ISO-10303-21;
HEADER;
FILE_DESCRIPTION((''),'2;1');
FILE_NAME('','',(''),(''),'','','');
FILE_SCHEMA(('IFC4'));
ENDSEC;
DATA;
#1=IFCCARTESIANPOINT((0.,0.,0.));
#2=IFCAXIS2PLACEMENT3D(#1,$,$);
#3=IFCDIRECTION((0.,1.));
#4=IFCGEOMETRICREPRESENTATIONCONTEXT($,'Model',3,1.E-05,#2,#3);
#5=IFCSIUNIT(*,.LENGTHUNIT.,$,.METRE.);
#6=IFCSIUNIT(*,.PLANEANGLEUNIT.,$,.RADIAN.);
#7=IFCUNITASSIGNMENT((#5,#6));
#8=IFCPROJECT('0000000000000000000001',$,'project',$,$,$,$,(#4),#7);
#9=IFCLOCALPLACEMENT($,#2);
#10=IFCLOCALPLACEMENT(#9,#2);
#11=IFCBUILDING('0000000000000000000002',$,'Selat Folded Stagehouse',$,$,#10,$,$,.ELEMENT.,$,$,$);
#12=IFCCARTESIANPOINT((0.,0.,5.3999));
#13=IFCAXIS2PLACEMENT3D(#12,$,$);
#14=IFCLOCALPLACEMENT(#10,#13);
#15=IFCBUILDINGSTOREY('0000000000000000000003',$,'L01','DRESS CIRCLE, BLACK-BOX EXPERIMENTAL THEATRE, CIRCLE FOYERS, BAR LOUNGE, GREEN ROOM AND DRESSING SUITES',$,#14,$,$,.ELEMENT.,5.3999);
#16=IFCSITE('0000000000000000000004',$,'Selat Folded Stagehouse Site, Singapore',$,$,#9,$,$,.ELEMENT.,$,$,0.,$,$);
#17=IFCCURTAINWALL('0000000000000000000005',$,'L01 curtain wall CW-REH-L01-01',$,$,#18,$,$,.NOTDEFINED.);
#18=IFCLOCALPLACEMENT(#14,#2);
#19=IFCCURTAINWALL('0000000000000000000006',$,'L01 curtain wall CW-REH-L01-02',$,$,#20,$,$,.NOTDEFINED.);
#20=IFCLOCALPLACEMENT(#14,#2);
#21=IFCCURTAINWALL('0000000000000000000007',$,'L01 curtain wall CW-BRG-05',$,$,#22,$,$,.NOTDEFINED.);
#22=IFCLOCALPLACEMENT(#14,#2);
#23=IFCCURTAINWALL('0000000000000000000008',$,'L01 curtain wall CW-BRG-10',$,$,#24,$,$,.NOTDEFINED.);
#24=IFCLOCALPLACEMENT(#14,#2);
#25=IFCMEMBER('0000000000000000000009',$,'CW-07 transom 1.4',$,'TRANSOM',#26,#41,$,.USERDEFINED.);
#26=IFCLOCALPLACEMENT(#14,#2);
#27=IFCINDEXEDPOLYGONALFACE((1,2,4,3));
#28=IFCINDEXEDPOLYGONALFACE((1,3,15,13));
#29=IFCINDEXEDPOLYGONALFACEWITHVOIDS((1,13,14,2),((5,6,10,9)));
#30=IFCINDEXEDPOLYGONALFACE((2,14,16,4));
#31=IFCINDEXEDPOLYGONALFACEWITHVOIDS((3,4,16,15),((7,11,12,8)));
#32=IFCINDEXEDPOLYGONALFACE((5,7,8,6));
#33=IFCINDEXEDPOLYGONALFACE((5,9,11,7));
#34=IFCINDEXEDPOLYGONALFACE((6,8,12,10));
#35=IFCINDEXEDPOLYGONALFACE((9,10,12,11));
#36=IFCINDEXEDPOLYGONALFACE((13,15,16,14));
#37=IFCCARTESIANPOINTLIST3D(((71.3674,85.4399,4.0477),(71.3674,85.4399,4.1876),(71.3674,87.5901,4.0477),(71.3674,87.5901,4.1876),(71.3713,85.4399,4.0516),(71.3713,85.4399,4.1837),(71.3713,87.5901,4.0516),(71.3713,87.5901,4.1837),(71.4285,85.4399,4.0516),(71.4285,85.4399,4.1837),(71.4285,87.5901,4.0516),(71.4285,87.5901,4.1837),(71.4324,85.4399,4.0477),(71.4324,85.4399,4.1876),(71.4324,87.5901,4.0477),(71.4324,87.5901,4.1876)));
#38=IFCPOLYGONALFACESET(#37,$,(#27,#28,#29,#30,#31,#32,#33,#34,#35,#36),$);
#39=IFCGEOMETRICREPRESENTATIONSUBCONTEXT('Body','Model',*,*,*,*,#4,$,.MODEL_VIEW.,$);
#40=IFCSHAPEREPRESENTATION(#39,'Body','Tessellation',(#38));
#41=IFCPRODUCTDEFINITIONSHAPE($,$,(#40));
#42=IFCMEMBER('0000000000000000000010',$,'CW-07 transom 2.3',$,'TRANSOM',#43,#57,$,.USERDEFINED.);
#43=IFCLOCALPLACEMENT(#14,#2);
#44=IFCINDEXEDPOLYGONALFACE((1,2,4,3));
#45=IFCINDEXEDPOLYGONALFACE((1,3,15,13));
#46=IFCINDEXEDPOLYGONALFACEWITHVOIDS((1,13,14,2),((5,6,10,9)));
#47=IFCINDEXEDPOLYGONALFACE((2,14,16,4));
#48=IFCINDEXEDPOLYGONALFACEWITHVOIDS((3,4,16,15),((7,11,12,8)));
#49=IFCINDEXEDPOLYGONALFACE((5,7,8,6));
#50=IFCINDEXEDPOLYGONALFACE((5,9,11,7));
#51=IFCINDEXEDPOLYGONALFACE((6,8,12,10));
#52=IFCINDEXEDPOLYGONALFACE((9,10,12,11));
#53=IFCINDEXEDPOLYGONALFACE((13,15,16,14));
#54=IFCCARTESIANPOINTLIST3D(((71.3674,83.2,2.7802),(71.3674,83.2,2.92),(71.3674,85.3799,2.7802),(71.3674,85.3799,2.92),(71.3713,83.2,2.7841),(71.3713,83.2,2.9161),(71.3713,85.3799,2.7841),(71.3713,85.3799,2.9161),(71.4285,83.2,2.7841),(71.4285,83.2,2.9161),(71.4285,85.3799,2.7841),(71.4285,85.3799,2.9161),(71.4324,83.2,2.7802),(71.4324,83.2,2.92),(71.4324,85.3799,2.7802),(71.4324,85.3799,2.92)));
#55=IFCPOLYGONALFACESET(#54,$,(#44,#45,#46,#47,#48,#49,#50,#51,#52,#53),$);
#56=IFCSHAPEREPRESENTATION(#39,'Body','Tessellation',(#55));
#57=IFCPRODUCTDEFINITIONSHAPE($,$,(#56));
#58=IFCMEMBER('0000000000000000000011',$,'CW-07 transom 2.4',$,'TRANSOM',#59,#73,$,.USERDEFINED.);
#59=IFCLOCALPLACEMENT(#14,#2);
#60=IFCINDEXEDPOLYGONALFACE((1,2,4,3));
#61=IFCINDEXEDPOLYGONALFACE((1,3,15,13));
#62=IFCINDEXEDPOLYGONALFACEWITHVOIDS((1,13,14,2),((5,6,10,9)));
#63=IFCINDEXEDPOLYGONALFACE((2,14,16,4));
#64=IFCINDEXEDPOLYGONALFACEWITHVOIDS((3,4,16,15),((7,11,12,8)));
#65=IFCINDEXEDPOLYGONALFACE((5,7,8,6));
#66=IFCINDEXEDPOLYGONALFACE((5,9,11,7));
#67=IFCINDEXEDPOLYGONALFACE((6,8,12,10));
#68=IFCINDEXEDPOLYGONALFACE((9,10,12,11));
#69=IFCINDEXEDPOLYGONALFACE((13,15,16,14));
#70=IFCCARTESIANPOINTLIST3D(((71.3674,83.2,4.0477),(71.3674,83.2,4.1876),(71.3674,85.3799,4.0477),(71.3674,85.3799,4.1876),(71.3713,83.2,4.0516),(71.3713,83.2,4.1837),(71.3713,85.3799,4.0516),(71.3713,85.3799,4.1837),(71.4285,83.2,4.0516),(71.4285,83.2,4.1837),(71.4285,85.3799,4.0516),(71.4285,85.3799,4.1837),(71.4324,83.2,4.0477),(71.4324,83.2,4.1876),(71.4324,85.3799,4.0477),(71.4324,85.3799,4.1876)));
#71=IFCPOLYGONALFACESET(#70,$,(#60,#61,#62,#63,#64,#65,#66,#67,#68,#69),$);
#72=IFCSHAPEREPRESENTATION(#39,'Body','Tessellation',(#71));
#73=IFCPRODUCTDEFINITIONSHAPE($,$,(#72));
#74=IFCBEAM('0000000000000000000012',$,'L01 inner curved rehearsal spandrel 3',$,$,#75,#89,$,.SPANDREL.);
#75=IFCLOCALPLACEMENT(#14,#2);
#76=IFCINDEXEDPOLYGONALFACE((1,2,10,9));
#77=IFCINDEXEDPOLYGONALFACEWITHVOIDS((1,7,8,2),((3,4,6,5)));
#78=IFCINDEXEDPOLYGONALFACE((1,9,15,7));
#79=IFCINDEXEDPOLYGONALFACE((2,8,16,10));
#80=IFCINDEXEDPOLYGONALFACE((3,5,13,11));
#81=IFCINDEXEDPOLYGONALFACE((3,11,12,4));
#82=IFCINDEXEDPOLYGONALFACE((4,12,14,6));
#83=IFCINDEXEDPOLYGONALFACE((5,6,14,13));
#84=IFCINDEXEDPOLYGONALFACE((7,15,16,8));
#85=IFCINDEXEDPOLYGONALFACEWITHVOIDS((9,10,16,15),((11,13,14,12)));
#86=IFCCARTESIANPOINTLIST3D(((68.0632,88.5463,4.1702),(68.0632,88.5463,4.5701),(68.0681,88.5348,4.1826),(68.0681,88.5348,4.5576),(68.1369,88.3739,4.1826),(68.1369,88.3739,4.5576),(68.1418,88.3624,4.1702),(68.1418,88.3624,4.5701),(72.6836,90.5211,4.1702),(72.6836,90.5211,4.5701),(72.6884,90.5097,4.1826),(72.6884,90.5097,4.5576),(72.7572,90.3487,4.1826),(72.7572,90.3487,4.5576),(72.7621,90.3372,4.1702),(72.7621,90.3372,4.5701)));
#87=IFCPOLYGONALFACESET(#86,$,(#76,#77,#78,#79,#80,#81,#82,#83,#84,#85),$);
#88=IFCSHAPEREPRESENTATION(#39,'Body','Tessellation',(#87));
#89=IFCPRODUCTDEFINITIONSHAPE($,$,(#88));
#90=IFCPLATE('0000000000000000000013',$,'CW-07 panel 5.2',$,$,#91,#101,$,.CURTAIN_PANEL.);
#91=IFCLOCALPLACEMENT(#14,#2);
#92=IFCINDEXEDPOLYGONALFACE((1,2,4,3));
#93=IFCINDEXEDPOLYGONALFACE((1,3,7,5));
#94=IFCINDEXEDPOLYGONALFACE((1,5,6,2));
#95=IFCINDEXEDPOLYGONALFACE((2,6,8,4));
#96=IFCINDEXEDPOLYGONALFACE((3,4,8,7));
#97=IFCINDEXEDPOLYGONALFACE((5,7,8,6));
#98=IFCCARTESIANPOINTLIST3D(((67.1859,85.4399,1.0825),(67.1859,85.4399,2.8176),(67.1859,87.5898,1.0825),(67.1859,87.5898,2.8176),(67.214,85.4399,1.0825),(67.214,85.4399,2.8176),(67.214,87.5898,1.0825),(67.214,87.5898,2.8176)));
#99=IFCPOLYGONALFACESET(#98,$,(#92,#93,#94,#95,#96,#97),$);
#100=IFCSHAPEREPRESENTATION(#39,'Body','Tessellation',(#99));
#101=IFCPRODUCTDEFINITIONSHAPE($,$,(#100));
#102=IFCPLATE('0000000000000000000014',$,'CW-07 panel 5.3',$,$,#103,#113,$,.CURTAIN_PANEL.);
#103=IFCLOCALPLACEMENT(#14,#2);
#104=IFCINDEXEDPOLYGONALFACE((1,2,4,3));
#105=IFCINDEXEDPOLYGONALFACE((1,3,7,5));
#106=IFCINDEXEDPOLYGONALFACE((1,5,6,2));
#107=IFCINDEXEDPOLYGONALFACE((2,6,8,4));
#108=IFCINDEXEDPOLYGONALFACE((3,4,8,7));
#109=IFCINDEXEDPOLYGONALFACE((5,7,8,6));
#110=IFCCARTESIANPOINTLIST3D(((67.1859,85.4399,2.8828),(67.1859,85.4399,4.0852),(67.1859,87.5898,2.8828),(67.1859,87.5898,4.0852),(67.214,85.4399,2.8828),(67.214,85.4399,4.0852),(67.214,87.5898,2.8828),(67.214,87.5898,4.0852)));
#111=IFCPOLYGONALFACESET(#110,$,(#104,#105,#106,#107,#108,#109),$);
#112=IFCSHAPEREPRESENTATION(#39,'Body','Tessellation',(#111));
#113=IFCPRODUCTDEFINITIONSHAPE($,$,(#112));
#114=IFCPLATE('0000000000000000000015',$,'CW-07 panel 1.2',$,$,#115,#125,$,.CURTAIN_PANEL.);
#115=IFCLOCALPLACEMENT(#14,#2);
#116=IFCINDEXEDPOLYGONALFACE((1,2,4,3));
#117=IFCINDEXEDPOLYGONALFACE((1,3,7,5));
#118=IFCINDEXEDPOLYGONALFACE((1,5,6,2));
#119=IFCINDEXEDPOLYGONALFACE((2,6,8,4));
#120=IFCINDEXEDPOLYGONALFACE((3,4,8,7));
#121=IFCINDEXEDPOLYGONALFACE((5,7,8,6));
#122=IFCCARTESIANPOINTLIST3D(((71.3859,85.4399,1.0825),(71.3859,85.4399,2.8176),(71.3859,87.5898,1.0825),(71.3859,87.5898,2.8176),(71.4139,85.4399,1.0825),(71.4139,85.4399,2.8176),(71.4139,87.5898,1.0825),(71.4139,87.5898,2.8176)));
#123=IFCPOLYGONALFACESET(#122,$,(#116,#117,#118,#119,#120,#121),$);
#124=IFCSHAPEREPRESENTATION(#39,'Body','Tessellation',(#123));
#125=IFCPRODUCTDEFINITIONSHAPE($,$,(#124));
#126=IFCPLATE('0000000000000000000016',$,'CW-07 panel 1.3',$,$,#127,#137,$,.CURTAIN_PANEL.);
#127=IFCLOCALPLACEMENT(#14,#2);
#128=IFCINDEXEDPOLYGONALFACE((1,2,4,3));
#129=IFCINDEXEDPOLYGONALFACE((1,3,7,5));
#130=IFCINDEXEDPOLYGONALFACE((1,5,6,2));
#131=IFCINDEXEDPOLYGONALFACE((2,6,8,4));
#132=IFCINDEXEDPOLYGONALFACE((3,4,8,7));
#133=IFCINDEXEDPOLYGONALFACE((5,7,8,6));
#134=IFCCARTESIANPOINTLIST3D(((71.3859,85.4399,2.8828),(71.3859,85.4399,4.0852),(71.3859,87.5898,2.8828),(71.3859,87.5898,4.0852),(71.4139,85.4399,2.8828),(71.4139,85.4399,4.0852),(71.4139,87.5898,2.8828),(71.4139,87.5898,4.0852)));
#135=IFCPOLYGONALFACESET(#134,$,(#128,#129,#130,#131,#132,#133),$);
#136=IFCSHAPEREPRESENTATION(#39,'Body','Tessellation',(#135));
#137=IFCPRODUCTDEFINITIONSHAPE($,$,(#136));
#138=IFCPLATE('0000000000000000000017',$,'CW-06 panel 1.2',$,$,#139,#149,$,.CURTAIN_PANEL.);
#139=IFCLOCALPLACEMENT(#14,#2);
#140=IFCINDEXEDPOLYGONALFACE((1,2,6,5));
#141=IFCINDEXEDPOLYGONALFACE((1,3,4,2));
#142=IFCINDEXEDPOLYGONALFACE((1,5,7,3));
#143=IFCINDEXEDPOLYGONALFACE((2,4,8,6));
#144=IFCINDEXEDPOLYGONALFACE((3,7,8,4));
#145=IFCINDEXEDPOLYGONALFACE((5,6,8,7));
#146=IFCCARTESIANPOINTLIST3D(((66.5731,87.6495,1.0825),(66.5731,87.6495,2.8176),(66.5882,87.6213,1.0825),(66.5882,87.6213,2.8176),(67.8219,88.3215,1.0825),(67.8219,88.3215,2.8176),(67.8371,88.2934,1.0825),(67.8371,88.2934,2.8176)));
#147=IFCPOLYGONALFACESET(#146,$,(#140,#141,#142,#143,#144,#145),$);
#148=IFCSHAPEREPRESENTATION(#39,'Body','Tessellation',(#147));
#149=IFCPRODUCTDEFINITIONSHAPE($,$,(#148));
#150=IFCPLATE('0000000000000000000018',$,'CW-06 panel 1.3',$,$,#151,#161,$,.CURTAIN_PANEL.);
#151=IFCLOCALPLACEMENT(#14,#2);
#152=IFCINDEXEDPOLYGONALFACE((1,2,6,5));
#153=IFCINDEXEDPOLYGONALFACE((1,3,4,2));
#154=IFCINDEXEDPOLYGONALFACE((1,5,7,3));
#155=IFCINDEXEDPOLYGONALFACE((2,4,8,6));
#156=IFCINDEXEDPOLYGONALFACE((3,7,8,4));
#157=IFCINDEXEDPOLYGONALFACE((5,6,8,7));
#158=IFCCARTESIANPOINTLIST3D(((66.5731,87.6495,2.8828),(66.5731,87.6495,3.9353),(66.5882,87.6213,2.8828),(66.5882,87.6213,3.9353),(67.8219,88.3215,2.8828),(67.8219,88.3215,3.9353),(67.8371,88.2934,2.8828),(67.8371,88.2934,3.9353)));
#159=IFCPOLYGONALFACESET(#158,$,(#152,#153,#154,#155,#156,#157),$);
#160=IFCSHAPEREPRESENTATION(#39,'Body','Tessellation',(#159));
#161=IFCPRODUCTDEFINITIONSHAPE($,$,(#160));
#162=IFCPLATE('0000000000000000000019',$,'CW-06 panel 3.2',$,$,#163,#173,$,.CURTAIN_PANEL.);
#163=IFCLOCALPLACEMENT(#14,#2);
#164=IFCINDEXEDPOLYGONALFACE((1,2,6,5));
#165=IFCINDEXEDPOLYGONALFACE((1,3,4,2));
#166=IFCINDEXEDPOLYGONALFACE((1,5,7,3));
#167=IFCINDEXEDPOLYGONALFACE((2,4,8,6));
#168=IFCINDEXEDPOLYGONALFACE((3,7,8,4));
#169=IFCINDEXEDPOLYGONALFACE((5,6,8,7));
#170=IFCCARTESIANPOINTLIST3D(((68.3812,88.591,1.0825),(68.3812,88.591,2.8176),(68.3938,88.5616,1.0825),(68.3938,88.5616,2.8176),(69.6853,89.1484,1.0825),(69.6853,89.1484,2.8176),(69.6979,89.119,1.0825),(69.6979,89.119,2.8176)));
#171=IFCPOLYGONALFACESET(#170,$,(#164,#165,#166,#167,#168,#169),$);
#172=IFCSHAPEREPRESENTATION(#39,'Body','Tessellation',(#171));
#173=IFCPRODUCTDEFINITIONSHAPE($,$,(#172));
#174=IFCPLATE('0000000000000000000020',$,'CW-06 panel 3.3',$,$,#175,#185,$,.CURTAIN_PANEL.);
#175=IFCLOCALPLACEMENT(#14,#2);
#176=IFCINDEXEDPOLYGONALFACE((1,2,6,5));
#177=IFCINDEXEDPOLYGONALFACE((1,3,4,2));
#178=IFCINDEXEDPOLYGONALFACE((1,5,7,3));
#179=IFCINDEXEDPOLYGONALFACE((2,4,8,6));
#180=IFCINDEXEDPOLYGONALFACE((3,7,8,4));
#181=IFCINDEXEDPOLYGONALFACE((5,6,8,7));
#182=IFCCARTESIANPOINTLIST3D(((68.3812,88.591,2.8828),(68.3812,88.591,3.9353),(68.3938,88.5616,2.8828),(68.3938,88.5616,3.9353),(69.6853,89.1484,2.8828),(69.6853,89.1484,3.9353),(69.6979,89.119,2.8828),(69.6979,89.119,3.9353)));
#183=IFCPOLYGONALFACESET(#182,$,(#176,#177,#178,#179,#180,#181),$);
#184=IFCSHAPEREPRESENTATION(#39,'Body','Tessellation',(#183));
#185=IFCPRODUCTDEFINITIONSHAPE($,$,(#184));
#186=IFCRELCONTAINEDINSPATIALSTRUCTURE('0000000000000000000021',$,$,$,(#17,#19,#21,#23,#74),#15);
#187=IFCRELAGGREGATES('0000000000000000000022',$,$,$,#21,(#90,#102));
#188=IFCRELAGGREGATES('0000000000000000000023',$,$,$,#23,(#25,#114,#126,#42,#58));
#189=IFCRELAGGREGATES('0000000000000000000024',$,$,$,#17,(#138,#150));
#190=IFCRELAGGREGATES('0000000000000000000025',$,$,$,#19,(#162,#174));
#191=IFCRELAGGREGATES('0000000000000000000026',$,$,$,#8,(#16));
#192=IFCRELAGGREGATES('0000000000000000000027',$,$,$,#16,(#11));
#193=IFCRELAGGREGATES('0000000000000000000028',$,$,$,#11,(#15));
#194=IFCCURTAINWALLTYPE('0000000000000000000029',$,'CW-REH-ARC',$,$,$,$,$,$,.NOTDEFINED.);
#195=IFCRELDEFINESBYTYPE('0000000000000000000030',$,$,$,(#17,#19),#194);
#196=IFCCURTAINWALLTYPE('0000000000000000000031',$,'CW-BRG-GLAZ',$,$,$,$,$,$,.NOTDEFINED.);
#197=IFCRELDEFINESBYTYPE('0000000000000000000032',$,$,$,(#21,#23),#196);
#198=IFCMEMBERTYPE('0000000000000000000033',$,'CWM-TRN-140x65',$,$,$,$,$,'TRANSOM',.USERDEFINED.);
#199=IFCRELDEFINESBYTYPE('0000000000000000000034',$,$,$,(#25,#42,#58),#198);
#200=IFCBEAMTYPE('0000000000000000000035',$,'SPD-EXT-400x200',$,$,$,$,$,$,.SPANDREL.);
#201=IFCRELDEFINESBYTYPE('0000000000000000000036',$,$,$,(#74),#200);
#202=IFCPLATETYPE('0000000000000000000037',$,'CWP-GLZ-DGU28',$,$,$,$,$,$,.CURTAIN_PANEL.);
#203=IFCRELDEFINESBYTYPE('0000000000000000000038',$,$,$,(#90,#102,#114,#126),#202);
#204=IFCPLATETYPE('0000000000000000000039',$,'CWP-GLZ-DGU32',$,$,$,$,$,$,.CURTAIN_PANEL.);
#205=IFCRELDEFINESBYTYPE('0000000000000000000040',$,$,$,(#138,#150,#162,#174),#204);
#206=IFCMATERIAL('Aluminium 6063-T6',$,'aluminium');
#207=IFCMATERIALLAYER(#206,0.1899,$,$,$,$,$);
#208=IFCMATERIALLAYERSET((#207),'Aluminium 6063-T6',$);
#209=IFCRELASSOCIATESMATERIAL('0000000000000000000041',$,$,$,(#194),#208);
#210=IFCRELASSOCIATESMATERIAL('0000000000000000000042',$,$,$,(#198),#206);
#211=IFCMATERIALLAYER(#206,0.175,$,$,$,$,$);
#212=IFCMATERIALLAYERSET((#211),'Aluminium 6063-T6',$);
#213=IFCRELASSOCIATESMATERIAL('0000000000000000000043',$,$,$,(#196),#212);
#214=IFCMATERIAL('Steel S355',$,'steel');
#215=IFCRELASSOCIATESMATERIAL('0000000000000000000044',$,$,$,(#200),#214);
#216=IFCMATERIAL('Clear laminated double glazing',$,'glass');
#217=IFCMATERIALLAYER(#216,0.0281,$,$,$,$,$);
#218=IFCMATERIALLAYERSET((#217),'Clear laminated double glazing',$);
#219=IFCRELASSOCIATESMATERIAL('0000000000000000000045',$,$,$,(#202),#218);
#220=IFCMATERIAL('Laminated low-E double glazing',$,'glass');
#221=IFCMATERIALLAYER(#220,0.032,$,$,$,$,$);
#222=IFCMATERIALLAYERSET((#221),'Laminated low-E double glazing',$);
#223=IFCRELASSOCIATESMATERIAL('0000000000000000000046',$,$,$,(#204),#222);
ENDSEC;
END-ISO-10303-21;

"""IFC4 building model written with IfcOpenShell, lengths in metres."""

from ifc_helpers import new_model, si_unit, direction, frame, origin, origin_2d, place, context, subcontext, project, spatial, rectangle, hollow_rectangle, extrude, material, layer, layer_set, material_profile, profile_set, type_object, element, aggregate, save


model = new_model("IFC4")

# Units and contexts
model_context = context("Model", 3, precision=1e-05, world=origin(), true_north=direction((0.0, 1.0)))
body_context = subcontext(model_context, "Body", "Model", "MODEL_VIEW")
ifc_project = project(units=[si_unit("LENGTHUNIT", "METRE"), si_unit("PLANEANGLEUNIT", "RADIAN")], contexts=[model_context])

# Site, building, storey
site_placement = place(None, origin())
site = spatial("IfcSite", under=ifc_project, at=site_placement, Name="Selat Folded Stagehouse Site, Singapore", CompositionType="ELEMENT", RefElevation=0.0)
building_placement = place(site_placement, origin())
building = spatial("IfcBuilding", under=site, at=building_placement, Name="Selat Folded Stagehouse", CompositionType="ELEMENT")
storey_placement = place(building_placement, frame((0.0, 0.0, 5.3999)))
storey = spatial("IfcBuildingStorey", under=building, at=storey_placement, Name="L01", Description="DRESS CIRCLE, BLACK-BOX EXPERIMENTAL THEATRE, CIRCLE FOYERS, BAR LOUNGE, GREEN ROOM AND DRESSING SUITES", CompositionType="ELEMENT", Elevation=5.3999)

# Shared definitions
ifc_material_1 = material(Name="Steel S355", Category="steel")

# Curtain walls, members
ifc_material_2 = material(Name="Aluminium 6063-T6", Category="aluminium")
ifc_layer_1 = layer(ifc_material_2, 0.1899)
ifc_layer_set_1 = layer_set([ifc_layer_1], Name="Aluminium 6063-T6")
curtain_wall_type_1 = type_object("IfcCurtainWallType", Name="CW-REH-ARC", PredefinedType="NOTDEFINED", material=ifc_layer_set_1)
curtain_wall_1_placement = place(storey_placement, origin())
curtain_wall_1 = element("IfcCurtainWall", 1, at=curtain_wall_1_placement, inside=storey, type_object=curtain_wall_type_1, Name="L01 curtain wall CW-REH-L01-01", PredefinedType="NOTDEFINED")
ifc_material_profile_1 = material_profile(ifc_material_2, hollow_rectangle(XDim=0.0649, YDim=0.1399, WallThickness=0.0039, at=origin_2d()), Name="ALU 140x65x4.0")
ifc_profile_set_1 = profile_set([ifc_material_profile_1], Name="Aluminium 6063-T6")
member_type = type_object("IfcMemberType", Name="CWM-TRN-140x65", ElementType="TRANSOM", PredefinedType="USERDEFINED", material=ifc_profile_set_1)
curtain_wall_2_placement = place(storey_placement, origin())
curtain_wall_2 = element("IfcCurtainWall", 2, at=curtain_wall_2_placement, inside=storey, type_object=curtain_wall_type_1, Name="L01 curtain wall CW-REH-L01-02", PredefinedType="NOTDEFINED")
ifc_layer_2 = layer(ifc_material_2, 0.175)
ifc_layer_set_2 = layer_set([ifc_layer_2], Name="Aluminium 6063-T6")
curtain_wall_type_2 = type_object("IfcCurtainWallType", Name="CW-BRG-GLAZ", PredefinedType="NOTDEFINED", material=ifc_layer_set_2)
curtain_wall_3_placement = place(storey_placement, origin())
curtain_wall_3 = element("IfcCurtainWall", 3, at=curtain_wall_3_placement, inside=storey, type_object=curtain_wall_type_2, Name="L01 curtain wall CW-BRG-05", PredefinedType="NOTDEFINED")
curtain_wall_4_placement = place(storey_placement, origin())
curtain_wall_4 = element("IfcCurtainWall", 4, at=curtain_wall_4_placement, inside=storey, type_object=curtain_wall_type_2, Name="L01 curtain wall CW-BRG-10", PredefinedType="NOTDEFINED")
member_1_placement = place(storey_placement, frame((71.3999, 87.5901, 4.1177), z_axis=(0.0, -1.0, 0.0), x_axis=(1.0, 0.0, 0.0)))
member_1 = element("IfcMember", 5, at=member_1_placement, type_object=member_type, Name="CW-07 transom 1.4", ObjectType="TRANSOM", PredefinedType="USERDEFINED", context=body_context, shape_type="SweptSolid", body=[
    extrude(hollow_rectangle(XDim=0.0649, YDim=0.1399, WallThickness=0.0039, at=origin_2d()), origin(), (0.0, 0.0, 1.0), 2.1501),
])
member_2_placement = place(storey_placement, frame((71.3999, 85.3799, 2.8501), z_axis=(0.0, -1.0, 0.0), x_axis=(1.0, 0.0, 0.0)))
member_2 = element("IfcMember", 6, at=member_2_placement, type_object=member_type, Name="CW-07 transom 2.3", ObjectType="TRANSOM", PredefinedType="USERDEFINED", context=body_context, shape_type="SweptSolid", body=[
    extrude(hollow_rectangle(XDim=0.0649, YDim=0.1399, WallThickness=0.0039, at=origin_2d()), origin(), (0.0, 0.0, 1.0), 2.1799),
])
member_3_placement = place(storey_placement, frame((71.3999, 85.3799, 4.1177), z_axis=(0.0, -1.0, 0.0), x_axis=(1.0, 0.0, 0.0)))
member_3 = element("IfcMember", 7, at=member_3_placement, type_object=member_type, Name="CW-07 transom 2.4", ObjectType="TRANSOM", PredefinedType="USERDEFINED", context=body_context, shape_type="SweptSolid", body=[
    extrude(hollow_rectangle(XDim=0.0649, YDim=0.1399, WallThickness=0.0039, at=origin_2d()), origin(), (0.0, 0.0, 1.0), 2.1799),
])

# Beam
ifc_material_profile_2 = material_profile(ifc_material_1, hollow_rectangle(XDim=0.2, YDim=0.3999, WallThickness=0.0125, at=origin_2d()), Name="RHS 400x200x12.5")
ifc_profile_set_2 = profile_set([ifc_material_profile_2], Name="Steel S355")
beam_type_1 = type_object("IfcBeamType", Name="SPD-EXT-400x200", PredefinedType="SPANDREL", material=ifc_profile_set_2)
beam_1_placement = place(storey_placement, frame((68.1025, 88.4543, 4.3701), z_axis=(0.919527, 0.393028, 0.0), x_axis=(-0.393028, 0.919527, 0.0)))
element("IfcBeam", 8, at=beam_1_placement, inside=storey, type_object=beam_type_1, Name="L01 inner curved rehearsal spandrel 3", PredefinedType="SPANDREL", context=body_context, shape_type="SweptSolid", body=[
    extrude(hollow_rectangle(XDim=0.2, YDim=0.3999, WallThickness=0.0125, at=origin_2d()), origin(), (0.0, 0.0, 1.0), 5.0247),
])

# Plates
ifc_material_3 = material(Name="Clear laminated double glazing", Category="glass")
ifc_layer_3 = layer(ifc_material_3, 0.0281)
ifc_layer_set_3 = layer_set([ifc_layer_3], Name="Clear laminated double glazing")
plate_type_1 = type_object("IfcPlateType", Name="CWP-GLZ-DGU28", PredefinedType="CURTAIN_PANEL", material=ifc_layer_set_3)
plate_1_placement = place(storey_placement, frame((67.2, 86.5149, 1.0825), z_axis=(0.0, 0.0, 1.0), x_axis=(0.0, 1.0, 0.0)))
plate_1 = element("IfcPlate", 9, at=plate_1_placement, type_object=plate_type_1, Name="CW-07 panel 5.2", PredefinedType="CURTAIN_PANEL", context=body_context, shape_type="SweptSolid", body=[
    extrude(rectangle(XDim=2.1499, YDim=0.0281, at=origin_2d()), origin(), (0.0, 0.0, 1.0), 1.7351),
])
plate_2_placement = place(storey_placement, frame((67.2, 86.5149, 2.8828), z_axis=(0.0, 0.0, 1.0), x_axis=(0.0, 1.0, 0.0)))
plate_2 = element("IfcPlate", 10, at=plate_2_placement, type_object=plate_type_1, Name="CW-07 panel 5.3", PredefinedType="CURTAIN_PANEL", context=body_context, shape_type="SweptSolid", body=[
    extrude(rectangle(XDim=2.1499, YDim=0.0281, at=origin_2d()), origin(), (0.0, 0.0, 1.0), 1.2024),
])
aggregate(curtain_wall_3, [plate_1, plate_2])
plate_3_placement = place(storey_placement, frame((71.3999, 86.5149, 1.0825), z_axis=(0.0, 0.0, 1.0), x_axis=(0.0, -1.0, 0.0)))
plate_3 = element("IfcPlate", 11, at=plate_3_placement, type_object=plate_type_1, Name="CW-07 panel 1.2", PredefinedType="CURTAIN_PANEL", context=body_context, shape_type="SweptSolid", body=[
    extrude(rectangle(XDim=2.1499, YDim=0.0281, at=origin_2d()), origin(), (0.0, 0.0, 1.0), 1.7351),
])
plate_4_placement = place(storey_placement, frame((71.3999, 86.5149, 2.8828), z_axis=(0.0, 0.0, 1.0), x_axis=(0.0, -1.0, 0.0)))
plate_4 = element("IfcPlate", 12, at=plate_4_placement, type_object=plate_type_1, Name="CW-07 panel 1.3", PredefinedType="CURTAIN_PANEL", context=body_context, shape_type="SweptSolid", body=[
    extrude(rectangle(XDim=2.1499, YDim=0.0281, at=origin_2d()), origin(), (0.0, 0.0, 1.0), 1.2024),
])
aggregate(curtain_wall_4, [member_1, plate_3, plate_4, member_2, member_3])
ifc_material_4 = material(Name="Laminated low-E double glazing", Category="glass")
ifc_layer_4 = layer(ifc_material_4, 0.032)
ifc_layer_set_4 = layer_set([ifc_layer_4], Name="Laminated low-E double glazing")
plate_type_2 = type_object("IfcPlateType", Name="CWP-GLZ-DGU32", PredefinedType="CURTAIN_PANEL", material=ifc_layer_set_4)
plate_5_placement = place(storey_placement, frame((67.2051, 87.9714, 1.0825), z_axis=(0.0, 0.0, 1.0), x_axis=(-0.880601, -0.473859, 0.0)))
plate_5 = element("IfcPlate", 13, at=plate_5_placement, type_object=plate_type_2, Name="CW-06 panel 1.2", PredefinedType="CURTAIN_PANEL", context=body_context, shape_type="SweptSolid", body=[
    extrude(rectangle(XDim=1.4182, YDim=0.032, at=origin_2d()), origin(), (0.0, 0.0, 1.0), 1.7351),
])
plate_6_placement = place(storey_placement, frame((67.2051, 87.9714, 2.8828), z_axis=(0.0, 0.0, 1.0), x_axis=(-0.880601, -0.473859, 0.0)))
plate_6 = element("IfcPlate", 14, at=plate_6_placement, type_object=plate_type_2, Name="CW-06 panel 1.3", PredefinedType="CURTAIN_PANEL", context=body_context, shape_type="SweptSolid", body=[
    extrude(rectangle(XDim=1.4182, YDim=0.032, at=origin_2d()), origin(), (0.0, 0.0, 1.0), 1.0525),
])
aggregate(curtain_wall_1, [plate_5, plate_6])
plate_7_placement = place(storey_placement, frame((69.0396, 88.855, 1.0825), z_axis=(0.0, 0.0, 1.0), x_axis=(-0.919533, -0.393012, 0.0)))
plate_7 = element("IfcPlate", 15, at=plate_7_placement, type_object=plate_type_2, Name="CW-06 panel 3.2", PredefinedType="CURTAIN_PANEL", context=body_context, shape_type="SweptSolid", body=[
    extrude(rectangle(XDim=1.4182, YDim=0.032, at=origin_2d()), origin(), (0.0, 0.0, 1.0), 1.7351),
])
plate_8_placement = place(storey_placement, frame((69.0396, 88.855, 2.8828), z_axis=(0.0, 0.0, 1.0), x_axis=(-0.919533, -0.393012, 0.0)))
plate_8 = element("IfcPlate", 16, at=plate_8_placement, type_object=plate_type_2, Name="CW-06 panel 3.3", PredefinedType="CURTAIN_PANEL", context=body_context, shape_type="SweptSolid", body=[
    extrude(rectangle(XDim=1.4182, YDim=0.032, at=origin_2d()), origin(), (0.0, 0.0, 1.0), 1.0525),
])
aggregate(curtain_wall_2, [plate_7, plate_8])

save(model, "model.ifc")
